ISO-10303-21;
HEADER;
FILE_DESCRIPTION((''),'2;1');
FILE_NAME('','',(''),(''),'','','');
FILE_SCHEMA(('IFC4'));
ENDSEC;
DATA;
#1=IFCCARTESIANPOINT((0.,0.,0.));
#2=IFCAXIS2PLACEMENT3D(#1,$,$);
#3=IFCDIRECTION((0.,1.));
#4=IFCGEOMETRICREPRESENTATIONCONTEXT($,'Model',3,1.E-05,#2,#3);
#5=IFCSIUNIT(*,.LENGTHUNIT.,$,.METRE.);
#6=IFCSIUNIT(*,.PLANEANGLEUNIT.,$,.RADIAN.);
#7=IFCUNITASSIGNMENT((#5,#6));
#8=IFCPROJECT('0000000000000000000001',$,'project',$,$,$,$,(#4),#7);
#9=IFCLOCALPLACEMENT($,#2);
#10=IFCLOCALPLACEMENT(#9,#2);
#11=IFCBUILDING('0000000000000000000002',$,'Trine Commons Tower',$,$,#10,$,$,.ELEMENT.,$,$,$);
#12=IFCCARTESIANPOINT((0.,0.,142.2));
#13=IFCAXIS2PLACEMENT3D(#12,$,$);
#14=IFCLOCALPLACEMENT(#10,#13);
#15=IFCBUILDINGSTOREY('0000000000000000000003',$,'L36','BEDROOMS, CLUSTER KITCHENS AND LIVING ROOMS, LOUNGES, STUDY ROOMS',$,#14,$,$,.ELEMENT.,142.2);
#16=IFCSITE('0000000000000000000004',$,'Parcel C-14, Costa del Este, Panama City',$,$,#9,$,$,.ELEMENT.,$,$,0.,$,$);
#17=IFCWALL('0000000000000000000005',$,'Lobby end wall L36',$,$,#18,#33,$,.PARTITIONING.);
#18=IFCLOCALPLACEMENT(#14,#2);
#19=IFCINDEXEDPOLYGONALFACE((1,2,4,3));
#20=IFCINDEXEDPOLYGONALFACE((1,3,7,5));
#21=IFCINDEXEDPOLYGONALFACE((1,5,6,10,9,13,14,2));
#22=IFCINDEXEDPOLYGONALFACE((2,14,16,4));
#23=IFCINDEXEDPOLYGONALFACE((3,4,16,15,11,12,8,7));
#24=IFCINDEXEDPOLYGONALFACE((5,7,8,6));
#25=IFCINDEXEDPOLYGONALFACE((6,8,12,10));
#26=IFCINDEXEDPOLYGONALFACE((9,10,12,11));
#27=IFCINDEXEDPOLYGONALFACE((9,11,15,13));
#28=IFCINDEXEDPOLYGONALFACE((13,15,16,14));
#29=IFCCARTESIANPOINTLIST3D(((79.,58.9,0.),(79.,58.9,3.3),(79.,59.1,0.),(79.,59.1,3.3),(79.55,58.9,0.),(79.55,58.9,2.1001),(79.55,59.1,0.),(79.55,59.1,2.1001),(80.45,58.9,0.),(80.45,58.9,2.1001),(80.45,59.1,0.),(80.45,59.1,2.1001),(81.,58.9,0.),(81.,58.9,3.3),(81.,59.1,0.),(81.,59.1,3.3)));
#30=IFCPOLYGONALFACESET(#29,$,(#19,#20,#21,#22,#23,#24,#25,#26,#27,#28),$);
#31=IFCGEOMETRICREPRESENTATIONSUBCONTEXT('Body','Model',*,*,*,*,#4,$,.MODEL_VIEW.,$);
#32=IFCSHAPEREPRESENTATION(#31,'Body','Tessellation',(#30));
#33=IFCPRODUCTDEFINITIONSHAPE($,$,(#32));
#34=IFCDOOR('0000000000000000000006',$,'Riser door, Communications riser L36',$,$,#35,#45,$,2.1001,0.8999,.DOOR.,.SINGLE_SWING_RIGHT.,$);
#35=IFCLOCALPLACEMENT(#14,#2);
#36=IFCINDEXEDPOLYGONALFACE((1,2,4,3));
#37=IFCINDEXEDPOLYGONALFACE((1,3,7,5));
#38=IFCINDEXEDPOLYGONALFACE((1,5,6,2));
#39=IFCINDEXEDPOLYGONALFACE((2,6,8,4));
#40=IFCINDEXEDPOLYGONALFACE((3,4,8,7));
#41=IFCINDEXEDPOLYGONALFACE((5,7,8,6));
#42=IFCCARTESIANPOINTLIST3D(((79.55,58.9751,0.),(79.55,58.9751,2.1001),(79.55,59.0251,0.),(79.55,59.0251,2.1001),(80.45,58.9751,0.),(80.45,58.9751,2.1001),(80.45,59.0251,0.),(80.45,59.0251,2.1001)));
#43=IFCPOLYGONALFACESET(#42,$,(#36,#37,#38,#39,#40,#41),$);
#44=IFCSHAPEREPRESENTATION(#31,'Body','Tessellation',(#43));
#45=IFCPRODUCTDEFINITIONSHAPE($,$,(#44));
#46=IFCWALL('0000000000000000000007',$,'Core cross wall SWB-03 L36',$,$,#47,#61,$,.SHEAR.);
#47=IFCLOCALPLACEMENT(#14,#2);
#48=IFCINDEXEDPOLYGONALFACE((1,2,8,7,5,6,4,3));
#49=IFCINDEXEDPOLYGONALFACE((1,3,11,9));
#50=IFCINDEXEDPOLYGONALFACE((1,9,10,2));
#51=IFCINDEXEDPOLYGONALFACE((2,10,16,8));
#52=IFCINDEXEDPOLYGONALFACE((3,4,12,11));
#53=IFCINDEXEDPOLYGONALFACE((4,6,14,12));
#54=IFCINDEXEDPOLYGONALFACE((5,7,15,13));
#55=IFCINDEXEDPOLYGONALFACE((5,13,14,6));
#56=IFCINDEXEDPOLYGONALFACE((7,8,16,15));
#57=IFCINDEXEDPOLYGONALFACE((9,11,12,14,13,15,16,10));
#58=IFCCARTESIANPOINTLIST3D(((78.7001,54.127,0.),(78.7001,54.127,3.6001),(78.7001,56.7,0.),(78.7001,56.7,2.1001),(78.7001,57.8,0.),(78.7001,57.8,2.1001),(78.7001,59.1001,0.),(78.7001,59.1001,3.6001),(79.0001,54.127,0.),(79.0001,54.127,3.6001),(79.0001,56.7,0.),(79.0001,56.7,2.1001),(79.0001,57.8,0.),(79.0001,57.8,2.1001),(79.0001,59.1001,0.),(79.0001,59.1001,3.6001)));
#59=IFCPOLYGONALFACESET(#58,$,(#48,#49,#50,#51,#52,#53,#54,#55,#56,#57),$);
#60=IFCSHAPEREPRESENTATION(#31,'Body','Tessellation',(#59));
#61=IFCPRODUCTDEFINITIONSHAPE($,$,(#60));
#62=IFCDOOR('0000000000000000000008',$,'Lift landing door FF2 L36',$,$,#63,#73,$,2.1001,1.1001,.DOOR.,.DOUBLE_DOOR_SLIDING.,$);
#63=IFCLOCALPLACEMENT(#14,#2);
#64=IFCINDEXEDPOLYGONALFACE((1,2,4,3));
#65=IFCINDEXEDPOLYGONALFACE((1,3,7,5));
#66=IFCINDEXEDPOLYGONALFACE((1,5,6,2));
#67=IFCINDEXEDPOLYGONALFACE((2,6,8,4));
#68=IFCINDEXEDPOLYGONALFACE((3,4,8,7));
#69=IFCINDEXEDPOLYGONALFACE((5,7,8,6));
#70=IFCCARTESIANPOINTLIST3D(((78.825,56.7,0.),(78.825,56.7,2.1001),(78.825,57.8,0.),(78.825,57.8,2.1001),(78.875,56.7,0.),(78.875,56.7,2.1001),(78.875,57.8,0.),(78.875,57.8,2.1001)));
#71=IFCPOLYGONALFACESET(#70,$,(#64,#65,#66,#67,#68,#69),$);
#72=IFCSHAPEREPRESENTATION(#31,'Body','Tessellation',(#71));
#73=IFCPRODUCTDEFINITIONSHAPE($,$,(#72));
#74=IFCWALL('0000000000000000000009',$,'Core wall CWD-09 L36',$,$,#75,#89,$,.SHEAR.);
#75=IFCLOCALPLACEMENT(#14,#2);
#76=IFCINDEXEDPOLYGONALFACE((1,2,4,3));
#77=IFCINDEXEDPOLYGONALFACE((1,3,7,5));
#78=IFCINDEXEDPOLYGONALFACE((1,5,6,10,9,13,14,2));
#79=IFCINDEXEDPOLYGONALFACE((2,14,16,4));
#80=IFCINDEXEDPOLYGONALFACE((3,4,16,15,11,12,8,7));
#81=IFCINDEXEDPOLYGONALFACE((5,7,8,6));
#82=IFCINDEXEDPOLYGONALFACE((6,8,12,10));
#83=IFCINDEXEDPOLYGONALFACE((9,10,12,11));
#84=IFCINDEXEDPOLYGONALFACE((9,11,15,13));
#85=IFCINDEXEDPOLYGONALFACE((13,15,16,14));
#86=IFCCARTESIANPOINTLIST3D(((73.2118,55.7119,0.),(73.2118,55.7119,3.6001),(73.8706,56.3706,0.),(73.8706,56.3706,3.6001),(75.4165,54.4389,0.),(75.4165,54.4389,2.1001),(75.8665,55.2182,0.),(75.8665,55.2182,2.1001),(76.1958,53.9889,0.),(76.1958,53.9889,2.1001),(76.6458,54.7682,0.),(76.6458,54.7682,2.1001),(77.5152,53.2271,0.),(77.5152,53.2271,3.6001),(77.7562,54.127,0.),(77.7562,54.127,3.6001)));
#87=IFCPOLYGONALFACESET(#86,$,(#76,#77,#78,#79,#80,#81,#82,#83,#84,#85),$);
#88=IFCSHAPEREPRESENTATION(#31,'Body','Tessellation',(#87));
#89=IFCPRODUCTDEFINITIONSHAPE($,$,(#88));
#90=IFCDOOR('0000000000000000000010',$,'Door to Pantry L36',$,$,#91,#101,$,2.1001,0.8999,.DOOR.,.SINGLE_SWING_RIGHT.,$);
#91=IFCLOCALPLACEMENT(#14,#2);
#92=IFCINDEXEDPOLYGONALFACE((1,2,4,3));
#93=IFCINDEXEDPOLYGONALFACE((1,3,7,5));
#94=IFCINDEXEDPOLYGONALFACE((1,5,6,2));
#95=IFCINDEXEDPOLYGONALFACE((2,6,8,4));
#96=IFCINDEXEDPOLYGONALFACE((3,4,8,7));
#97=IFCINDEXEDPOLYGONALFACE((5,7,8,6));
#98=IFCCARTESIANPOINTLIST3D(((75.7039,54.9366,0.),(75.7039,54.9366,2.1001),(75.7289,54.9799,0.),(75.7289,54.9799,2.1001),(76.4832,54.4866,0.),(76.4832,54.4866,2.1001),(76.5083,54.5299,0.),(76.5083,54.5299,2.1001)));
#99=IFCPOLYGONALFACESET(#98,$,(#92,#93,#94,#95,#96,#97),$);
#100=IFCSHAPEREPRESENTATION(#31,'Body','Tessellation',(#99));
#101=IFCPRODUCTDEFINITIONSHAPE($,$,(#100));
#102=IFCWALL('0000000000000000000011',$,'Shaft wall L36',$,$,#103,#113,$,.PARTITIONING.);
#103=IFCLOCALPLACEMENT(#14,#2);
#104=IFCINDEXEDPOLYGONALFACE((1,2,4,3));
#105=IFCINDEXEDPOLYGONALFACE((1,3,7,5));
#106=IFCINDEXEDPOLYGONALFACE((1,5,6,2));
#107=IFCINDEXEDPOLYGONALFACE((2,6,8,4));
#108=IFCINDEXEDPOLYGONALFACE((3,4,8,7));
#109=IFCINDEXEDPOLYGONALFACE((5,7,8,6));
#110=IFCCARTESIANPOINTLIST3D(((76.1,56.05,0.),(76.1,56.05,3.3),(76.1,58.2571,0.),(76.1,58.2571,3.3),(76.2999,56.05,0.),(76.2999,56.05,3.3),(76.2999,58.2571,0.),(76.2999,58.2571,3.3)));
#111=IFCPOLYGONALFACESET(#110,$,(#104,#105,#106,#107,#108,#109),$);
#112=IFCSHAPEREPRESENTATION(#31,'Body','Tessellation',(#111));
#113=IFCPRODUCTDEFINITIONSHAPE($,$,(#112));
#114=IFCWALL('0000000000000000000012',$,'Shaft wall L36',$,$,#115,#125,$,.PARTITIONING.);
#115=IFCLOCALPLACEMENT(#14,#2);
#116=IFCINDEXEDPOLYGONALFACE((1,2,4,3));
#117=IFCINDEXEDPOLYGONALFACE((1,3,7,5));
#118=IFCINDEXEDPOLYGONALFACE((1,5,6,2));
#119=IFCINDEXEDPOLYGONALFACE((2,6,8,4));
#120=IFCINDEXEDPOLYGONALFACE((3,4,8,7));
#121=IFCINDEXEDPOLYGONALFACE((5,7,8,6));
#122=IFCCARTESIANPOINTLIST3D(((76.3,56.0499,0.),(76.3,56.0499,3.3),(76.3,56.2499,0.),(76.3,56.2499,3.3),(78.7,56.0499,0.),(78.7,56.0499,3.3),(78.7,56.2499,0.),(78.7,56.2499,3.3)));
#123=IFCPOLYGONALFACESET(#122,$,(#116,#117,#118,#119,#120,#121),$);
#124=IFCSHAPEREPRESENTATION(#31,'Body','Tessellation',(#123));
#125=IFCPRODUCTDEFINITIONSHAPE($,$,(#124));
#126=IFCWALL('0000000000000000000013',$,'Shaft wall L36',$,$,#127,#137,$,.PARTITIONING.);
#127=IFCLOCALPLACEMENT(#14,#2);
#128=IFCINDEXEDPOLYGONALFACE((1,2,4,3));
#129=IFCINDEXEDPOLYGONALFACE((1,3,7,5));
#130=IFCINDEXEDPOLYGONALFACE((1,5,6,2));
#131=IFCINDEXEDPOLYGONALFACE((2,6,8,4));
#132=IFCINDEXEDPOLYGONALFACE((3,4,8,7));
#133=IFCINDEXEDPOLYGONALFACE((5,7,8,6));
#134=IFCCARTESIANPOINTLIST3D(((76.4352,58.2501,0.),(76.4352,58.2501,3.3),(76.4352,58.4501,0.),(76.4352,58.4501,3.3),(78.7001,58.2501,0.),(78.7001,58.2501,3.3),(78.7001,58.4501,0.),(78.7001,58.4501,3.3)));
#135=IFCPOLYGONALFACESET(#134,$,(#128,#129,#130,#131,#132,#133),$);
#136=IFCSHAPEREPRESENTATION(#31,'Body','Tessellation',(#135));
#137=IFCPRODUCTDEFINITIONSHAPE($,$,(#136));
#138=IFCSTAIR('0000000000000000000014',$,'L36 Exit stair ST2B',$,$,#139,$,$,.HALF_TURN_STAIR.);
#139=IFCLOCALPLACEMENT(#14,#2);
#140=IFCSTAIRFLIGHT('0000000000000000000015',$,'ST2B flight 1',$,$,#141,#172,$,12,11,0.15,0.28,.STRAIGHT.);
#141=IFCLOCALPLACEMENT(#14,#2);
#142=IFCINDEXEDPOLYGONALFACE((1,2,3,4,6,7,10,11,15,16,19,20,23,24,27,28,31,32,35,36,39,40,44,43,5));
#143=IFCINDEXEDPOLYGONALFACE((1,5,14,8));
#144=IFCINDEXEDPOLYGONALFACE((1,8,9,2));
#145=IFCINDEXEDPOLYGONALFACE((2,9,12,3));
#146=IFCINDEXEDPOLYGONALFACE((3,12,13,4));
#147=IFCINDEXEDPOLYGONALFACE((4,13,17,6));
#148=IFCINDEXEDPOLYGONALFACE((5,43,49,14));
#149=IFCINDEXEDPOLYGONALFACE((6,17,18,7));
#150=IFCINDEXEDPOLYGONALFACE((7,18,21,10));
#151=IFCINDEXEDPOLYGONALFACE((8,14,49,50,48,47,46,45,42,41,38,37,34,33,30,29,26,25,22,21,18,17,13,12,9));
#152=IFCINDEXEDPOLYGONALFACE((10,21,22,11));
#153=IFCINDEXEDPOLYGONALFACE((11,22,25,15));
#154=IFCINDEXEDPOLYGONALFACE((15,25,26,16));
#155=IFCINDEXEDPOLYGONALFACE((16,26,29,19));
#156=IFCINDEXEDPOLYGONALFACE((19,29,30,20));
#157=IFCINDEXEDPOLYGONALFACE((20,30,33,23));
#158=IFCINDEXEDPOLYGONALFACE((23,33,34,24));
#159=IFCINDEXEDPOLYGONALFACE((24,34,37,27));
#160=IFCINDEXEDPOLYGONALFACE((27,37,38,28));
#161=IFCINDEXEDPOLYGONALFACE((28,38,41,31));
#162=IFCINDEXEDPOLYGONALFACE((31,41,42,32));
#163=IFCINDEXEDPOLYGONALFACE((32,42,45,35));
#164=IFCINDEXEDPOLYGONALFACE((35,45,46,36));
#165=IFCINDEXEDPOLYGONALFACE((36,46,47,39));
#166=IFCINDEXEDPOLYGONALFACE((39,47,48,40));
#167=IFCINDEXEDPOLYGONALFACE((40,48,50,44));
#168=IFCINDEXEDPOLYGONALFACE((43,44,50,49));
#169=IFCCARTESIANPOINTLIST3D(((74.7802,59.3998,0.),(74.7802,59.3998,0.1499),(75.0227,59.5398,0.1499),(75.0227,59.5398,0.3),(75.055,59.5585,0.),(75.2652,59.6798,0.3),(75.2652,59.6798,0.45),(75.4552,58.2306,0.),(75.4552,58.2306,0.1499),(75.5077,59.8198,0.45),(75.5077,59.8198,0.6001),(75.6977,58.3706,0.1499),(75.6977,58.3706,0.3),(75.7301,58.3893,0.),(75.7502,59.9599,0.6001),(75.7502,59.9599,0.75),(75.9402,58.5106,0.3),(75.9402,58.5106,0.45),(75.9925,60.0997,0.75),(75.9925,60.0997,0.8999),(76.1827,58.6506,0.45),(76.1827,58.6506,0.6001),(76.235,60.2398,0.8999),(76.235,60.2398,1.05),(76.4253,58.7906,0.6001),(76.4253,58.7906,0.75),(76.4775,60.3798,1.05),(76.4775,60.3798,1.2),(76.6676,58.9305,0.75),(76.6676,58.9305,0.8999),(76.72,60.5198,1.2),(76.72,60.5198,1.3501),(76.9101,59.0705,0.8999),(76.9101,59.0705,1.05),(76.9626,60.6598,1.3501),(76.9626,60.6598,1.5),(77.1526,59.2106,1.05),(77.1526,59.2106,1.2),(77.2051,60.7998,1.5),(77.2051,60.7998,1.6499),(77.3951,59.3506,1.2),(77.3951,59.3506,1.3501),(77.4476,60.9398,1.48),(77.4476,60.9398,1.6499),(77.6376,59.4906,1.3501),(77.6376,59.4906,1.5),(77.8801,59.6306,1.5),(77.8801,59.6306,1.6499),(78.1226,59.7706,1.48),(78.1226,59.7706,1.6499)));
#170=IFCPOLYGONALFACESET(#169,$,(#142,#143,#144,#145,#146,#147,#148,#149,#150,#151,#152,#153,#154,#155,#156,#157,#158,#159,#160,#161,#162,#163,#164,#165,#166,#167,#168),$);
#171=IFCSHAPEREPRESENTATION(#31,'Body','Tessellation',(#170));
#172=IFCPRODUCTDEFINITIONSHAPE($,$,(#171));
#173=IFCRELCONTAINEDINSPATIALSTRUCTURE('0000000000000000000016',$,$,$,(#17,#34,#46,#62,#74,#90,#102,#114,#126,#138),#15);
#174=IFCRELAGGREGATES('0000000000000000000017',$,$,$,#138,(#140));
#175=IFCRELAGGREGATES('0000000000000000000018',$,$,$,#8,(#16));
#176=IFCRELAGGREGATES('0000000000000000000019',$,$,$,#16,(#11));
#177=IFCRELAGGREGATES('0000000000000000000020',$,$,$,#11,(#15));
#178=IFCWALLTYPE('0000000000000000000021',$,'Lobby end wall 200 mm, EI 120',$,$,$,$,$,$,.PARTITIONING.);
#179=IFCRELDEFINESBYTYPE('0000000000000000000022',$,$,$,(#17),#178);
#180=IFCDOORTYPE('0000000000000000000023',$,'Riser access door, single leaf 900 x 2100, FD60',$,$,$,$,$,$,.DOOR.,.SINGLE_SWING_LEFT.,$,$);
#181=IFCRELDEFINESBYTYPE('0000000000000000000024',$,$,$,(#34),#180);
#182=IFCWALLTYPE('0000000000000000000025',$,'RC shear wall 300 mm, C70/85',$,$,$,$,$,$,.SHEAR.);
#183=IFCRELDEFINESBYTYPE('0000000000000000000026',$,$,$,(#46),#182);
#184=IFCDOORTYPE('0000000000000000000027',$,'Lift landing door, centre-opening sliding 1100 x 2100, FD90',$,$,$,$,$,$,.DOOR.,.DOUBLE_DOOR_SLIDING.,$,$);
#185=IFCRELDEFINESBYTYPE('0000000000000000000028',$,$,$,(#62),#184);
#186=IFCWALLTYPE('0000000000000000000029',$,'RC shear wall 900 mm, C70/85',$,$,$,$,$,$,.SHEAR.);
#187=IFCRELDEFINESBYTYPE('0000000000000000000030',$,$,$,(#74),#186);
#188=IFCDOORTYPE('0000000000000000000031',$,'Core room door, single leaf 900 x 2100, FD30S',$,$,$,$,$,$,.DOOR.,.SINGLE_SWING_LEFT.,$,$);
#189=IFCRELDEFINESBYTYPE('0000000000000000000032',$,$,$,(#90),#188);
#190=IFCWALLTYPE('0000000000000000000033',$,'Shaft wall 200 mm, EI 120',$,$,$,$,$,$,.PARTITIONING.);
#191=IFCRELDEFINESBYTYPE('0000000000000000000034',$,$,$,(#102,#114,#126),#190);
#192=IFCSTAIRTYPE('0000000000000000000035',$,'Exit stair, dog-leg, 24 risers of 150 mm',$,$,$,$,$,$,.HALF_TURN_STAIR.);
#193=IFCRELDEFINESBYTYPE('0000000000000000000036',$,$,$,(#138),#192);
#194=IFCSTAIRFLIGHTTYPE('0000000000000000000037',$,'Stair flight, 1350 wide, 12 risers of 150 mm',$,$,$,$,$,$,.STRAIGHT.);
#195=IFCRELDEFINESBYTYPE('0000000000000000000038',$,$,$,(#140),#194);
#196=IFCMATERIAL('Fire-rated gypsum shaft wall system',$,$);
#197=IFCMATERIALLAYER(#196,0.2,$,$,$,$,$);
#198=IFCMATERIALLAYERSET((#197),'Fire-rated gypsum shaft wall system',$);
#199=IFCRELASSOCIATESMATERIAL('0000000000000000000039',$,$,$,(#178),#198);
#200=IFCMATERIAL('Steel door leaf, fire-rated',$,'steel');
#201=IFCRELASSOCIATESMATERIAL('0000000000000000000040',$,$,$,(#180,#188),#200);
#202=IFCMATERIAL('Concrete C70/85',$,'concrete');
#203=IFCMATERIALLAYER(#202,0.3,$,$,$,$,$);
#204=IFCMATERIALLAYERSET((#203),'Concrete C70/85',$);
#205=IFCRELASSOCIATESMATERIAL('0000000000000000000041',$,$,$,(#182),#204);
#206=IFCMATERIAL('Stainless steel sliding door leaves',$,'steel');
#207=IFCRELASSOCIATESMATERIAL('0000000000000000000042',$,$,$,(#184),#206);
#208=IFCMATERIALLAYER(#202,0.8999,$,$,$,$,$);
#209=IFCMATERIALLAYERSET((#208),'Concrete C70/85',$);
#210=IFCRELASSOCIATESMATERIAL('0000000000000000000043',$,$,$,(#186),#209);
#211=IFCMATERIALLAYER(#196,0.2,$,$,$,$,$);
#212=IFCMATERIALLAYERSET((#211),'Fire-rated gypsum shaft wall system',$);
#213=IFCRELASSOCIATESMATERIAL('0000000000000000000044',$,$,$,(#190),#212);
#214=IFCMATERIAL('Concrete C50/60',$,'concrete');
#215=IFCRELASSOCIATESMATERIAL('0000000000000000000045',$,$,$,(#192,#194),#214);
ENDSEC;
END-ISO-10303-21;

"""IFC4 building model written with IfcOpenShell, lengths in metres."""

from ifc_helpers import new_model, si_unit, direction, frame, frame_2d, origin, place, context, subcontext, project, spatial, polyline, rectangle, outline, extrude, material, layer, layer_set, type_object, element, fill, aggregate, save


model = new_model("IFC4")

# Units and contexts
model_context = context("Model", 3, precision=1e-05, world=origin(), true_north=direction((0.0, 1.0)))
body_context = subcontext(model_context, "Body", "Model", "MODEL_VIEW")
ifc_project = project(units=[si_unit("LENGTHUNIT", "METRE"), si_unit("PLANEANGLEUNIT", "RADIAN")], contexts=[model_context])

# Site, building, storey
site_placement = place(None, origin())
site = spatial("IfcSite", under=ifc_project, at=site_placement, Name="Parcel C-14, Costa del Este, Panama City", CompositionType="ELEMENT", RefElevation=0.0)
building_placement = place(site_placement, origin())
building = spatial("IfcBuilding", under=site, at=building_placement, Name="Trine Commons Tower", CompositionType="ELEMENT")
storey_placement = place(building_placement, frame((0.0, 0.0, 142.2)))
storey = spatial("IfcBuildingStorey", under=building, at=storey_placement, Name="L36", Description="BEDROOMS, CLUSTER KITCHENS AND LIVING ROOMS, LOUNGES, STUDY ROOMS", CompositionType="ELEMENT", Elevation=142.2)

# Walls, openings, doors
ifc_material_1 = material(Name="Fire-rated gypsum shaft wall system")
ifc_layer_1 = layer(ifc_material_1, 0.2)
ifc_layer_set_1 = layer_set([ifc_layer_1], Name="Fire-rated gypsum shaft wall system")
wall_type_1 = type_object("IfcWallType", Name="Lobby end wall 200 mm, EI 120", PredefinedType="PARTITIONING", material=ifc_layer_set_1)
wall_1_placement = place(storey_placement, frame((79.0, 59.0, 0.0), z_axis=(0.0, 0.0, 1.0), x_axis=(1.0, 0.0, 0.0)))
wall_1 = element("IfcWall", 1, at=wall_1_placement, inside=storey, type_object=wall_type_1, Name="Lobby end wall L36", PredefinedType="PARTITIONING", context=body_context, shape_type="SweptSolid", body=[
    extrude(rectangle(XDim=2.0, YDim=0.2, at=frame_2d((1.0, 0.0))), origin(), (0.0, 0.0, 1.0), 3.3),
])
opening_1_placement = place(wall_1_placement, frame((0.55, 0.0, 0.0)))
opening_1 = element("IfcOpeningElement", 2, at=opening_1_placement, cuts=wall_1, PredefinedType="OPENING", context=body_context, shape_type="SweptSolid", body=[
    extrude(rectangle(XDim=0.8999, YDim=2.1001, at=frame_2d((0.45, 1.05))), frame((0.0, 0.1099, 0.0), z_axis=(0.0, -1.0, 0.0), x_axis=(1.0, 0.0, 0.0)), (0.0, 0.0, 1.0), 0.22),
])
ifc_material_2 = material(Name="Steel door leaf, fire-rated", Category="steel")
door_type_1 = type_object("IfcDoorType", Name="Riser access door, single leaf 900 x 2100, FD60", OperationType="SINGLE_SWING_LEFT", PredefinedType="DOOR", material=ifc_material_2)
door_1_placement = place(opening_1_placement, frame((0.8999, 0.0, 0.0), z_axis=(0.0, 0.0, 1.0), x_axis=(-1.0, 0.0, 0.0)))
door_1 = element("IfcDoor", 3, at=door_1_placement, inside=storey, type_object=door_type_1, Name="Riser door, Communications riser L36", OperationType="SINGLE_SWING_RIGHT", OverallHeight=2.1001, OverallWidth=0.8999, PredefinedType="DOOR", context=body_context, shape_type="SweptSolid", body=[
    extrude(rectangle(XDim=0.8999, YDim=2.1001, at=frame_2d((0.45, 1.05))), frame((0.0, 0.0249, 0.0), z_axis=(0.0, -1.0, 0.0), x_axis=(1.0, 0.0, 0.0)), (0.0, 0.0, 1.0), 0.05),
])
fill(opening_1, door_1)
ifc_material_3 = material(Name="Concrete C70/85", Category="concrete")
ifc_layer_2 = layer(ifc_material_3, 0.3)
ifc_layer_set_2 = layer_set([ifc_layer_2], Name="Concrete C70/85")
wall_type_2 = type_object("IfcWallType", Name="RC shear wall 300 mm, C70/85", PredefinedType="SHEAR", material=ifc_layer_set_2)
wall_2_placement = place(storey_placement, frame((78.8501, 59.1001, 0.0), z_axis=(0.0, 0.0, 1.0), x_axis=(0.0, -1.0, 0.0)))
wall_2 = element("IfcWall", 4, at=wall_2_placement, inside=storey, type_object=wall_type_2, Name="Core cross wall SWB-03 L36", PredefinedType="SHEAR", context=body_context, shape_type="SweptSolid", body=[
    extrude(rectangle(XDim=4.9731, YDim=0.3, at=frame_2d((2.4866, 0.0))), origin(), (0.0, 0.0, 1.0), 3.6001),
])
opening_2_placement = place(wall_2_placement, frame((1.3, 0.0, 0.0)))
opening_2 = element("IfcOpeningElement", 5, at=opening_2_placement, cuts=wall_2, PredefinedType="OPENING", context=body_context, shape_type="SweptSolid", body=[
    extrude(rectangle(XDim=1.1001, YDim=2.1001, at=frame_2d((0.55, 1.05))), frame((0.0, 0.1599, 0.0), z_axis=(0.0, -1.0, 0.0), x_axis=(1.0, 0.0, 0.0)), (0.0, 0.0, 1.0), 0.3201),
])
ifc_material_4 = material(Name="Stainless steel sliding door leaves", Category="steel")
door_type_2 = type_object("IfcDoorType", Name="Lift landing door, centre-opening sliding 1100 x 2100, FD90", OperationType="DOUBLE_DOOR_SLIDING", PredefinedType="DOOR", material=ifc_material_4)
door_2_placement = place(opening_2_placement, origin())
door_2 = element("IfcDoor", 6, at=door_2_placement, inside=storey, type_object=door_type_2, Name="Lift landing door FF2 L36", OperationType="DOUBLE_DOOR_SLIDING", OverallHeight=2.1001, OverallWidth=1.1001, PredefinedType="DOOR", context=body_context, shape_type="SweptSolid", body=[
    extrude(rectangle(XDim=1.1001, YDim=2.1001, at=frame_2d((0.55, 1.05))), frame((0.0, 0.0249, 0.0), z_axis=(0.0, -1.0, 0.0), x_axis=(1.0, 0.0, 0.0)), (0.0, 0.0, 1.0), 0.05),
])
fill(opening_2, door_2)
ifc_layer_3 = layer(ifc_material_3, 0.8999)
ifc_layer_set_3 = layer_set([ifc_layer_3], Name="Concrete C70/85")
wall_type_3 = type_object("IfcWallType", Name="RC shear wall 900 mm, C70/85", PredefinedType="SHEAR", material=ifc_layer_set_3)
wall_3_placement = place(storey_placement, frame((73.4368, 56.1016, 0.0), z_axis=(0.0, 0.0, 1.0), x_axis=(0.866003, -0.500039, 0.0)))
wall_3 = element("IfcWall", 7, at=wall_3_placement, inside=storey, type_object=wall_type_3, Name="Core wall CWD-09 L36", PredefinedType="SHEAR", context=body_context, shape_type="SweptSolid", body=[
    extrude(outline(polyline([(0.0, -0.45), (4.9692, -0.45), (4.728, 0.45), (0.2412, 0.45), (0.0, -0.45)])), origin(), (0.0, 0.0, 1.0), 3.6001),
])
opening_3_placement = place(wall_3_placement, frame((2.5459, 0.0, 0.0)))
opening_3 = element("IfcOpeningElement", 8, at=opening_3_placement, cuts=wall_3, PredefinedType="OPENING", context=body_context, shape_type="SweptSolid", body=[
    extrude(rectangle(XDim=0.8999, YDim=2.1001, at=frame_2d((0.45, 1.05))), frame((0.0, 0.46, 0.0), z_axis=(0.0, -1.0, 0.0), x_axis=(1.0, 0.0, 0.0)), (0.0, 0.0, 1.0), 0.9199),
])
door_type_3 = type_object("IfcDoorType", Name="Core room door, single leaf 900 x 2100, FD30S", OperationType="SINGLE_SWING_LEFT", PredefinedType="DOOR", material=ifc_material_2)
door_3_placement = place(opening_3_placement, origin())
door_3 = element("IfcDoor", 9, at=door_3_placement, inside=storey, type_object=door_type_3, Name="Door to Pantry L36", OperationType="SINGLE_SWING_RIGHT", OverallHeight=2.1001, OverallWidth=0.8999, PredefinedType="DOOR", context=body_context, shape_type="SweptSolid", body=[
    extrude(rectangle(XDim=0.8999, YDim=2.1001, at=frame_2d((0.45, 1.05))), frame((0.0, 0.1748, 0.0), z_axis=(0.0, -1.0, 0.0), x_axis=(1.0, 0.0, 0.0)), (0.0, 0.0, 1.0), 0.05),
])
fill(opening_3, door_3)

# Walls
ifc_layer_4 = layer(ifc_material_1, 0.2)
ifc_layer_set_4 = layer_set([ifc_layer_4], Name="Fire-rated gypsum shaft wall system")
wall_type_4 = type_object("IfcWallType", Name="Shaft wall 200 mm, EI 120", PredefinedType="PARTITIONING", material=ifc_layer_set_4)
wall_4_placement = place(storey_placement, frame((76.2, 58.2571, 0.0), z_axis=(0.0, 0.0, 1.0), x_axis=(0.0, -1.0, 0.0)))
element("IfcWall", 10, at=wall_4_placement, inside=storey, type_object=wall_type_4, Name="Shaft wall L36", PredefinedType="PARTITIONING", context=body_context, shape_type="SweptSolid", body=[
    extrude(rectangle(XDim=2.207, YDim=0.2, at=frame_2d((1.1035, 0.0))), origin(), (0.0, 0.0, 1.0), 3.3),
])
wall_5_placement = place(storey_placement, frame((78.7, 56.1499, 0.0), z_axis=(0.0, 0.0, 1.0), x_axis=(-1.0, 0.0, 0.0)))
element("IfcWall", 11, at=wall_5_placement, inside=storey, type_object=wall_type_4, Name="Shaft wall L36", PredefinedType="PARTITIONING", context=body_context, shape_type="SweptSolid", body=[
    extrude(rectangle(XDim=2.3999, YDim=0.2, at=frame_2d((1.2, 0.0))), origin(), (0.0, 0.0, 1.0), 3.3),
])
wall_6_placement = place(storey_placement, frame((78.7, 58.3501, 0.0), z_axis=(0.0, 0.0, 1.0), x_axis=(-1.0, 0.0, 0.0)))
element("IfcWall", 12, at=wall_6_placement, inside=storey, type_object=wall_type_4, Name="Shaft wall L36", PredefinedType="PARTITIONING", context=body_context, shape_type="SweptSolid", body=[
    extrude(rectangle(XDim=2.2649, YDim=0.2, at=frame_2d((1.1323, 0.0))), origin(), (0.0, 0.0, 1.0), 3.3),
])

# Stair, stair flight
ifc_material_5 = material(Name="Concrete C50/60", Category="concrete")
stair_type = type_object("IfcStairType", Name="Exit stair, dog-leg, 24 risers of 150 mm", PredefinedType="HALF_TURN_STAIR", material=ifc_material_5)
stair_placement = place(storey_placement, origin())
stair = element("IfcStair", 13, at=stair_placement, inside=storey, type_object=stair_type, Name="L36 Exit stair ST2B", PredefinedType="HALF_TURN_STAIR")
stair_flight_type = type_object("IfcStairFlightType", Name="Stair flight, 1350 wide, 12 risers of 150 mm", PredefinedType="STRAIGHT", material=ifc_material_5)
stair_flight_placement = place(storey_placement, frame((75.1177, 58.8152, 0.0), z_axis=(0.0, 0.0, 1.0), x_axis=(0.866025, 0.5, 0.0)))
stair_flight = element("IfcStairFlight", 14, at=stair_flight_placement, type_object=stair_flight_type, Name="ST2B flight 1", NumberOfRisers=12, NumberOfTreads=11, PredefinedType="STRAIGHT", RiserHeight=0.15, TreadLength=0.28, context=body_context, shape_type="SweptSolid", body=[
    extrude(outline(polyline([(0.0, 0.0), (0.0, 0.1499), (0.28, 0.1499), (0.28, 0.3), (0.5601, 0.3), (0.5601, 0.45), (0.8401, 0.45), (0.8401, 0.6001), (1.1201, 0.6001), (1.1201, 0.75), (1.3999, 0.75), (1.3999, 0.8999), (1.6799, 0.8999), (1.6799, 1.05), (1.96, 1.05), (1.96, 1.2), (2.24, 1.2), (2.24, 1.3501), (2.52, 1.3501), (2.52, 1.5), (2.8, 1.5), (2.8, 1.6499), (3.0801, 1.6499), (3.0801, 1.8), (3.0801, 1.48), (0.3174, 0.0), (0.0, 0.0)])), frame((0.0, 0.675, 0.0), z_axis=(0.0, -1.0, 0.0), x_axis=(1.0, 0.0, 0.0)), (0.0, 0.0, 1.0), 1.3501),
])
aggregate(stair, [stair_flight])

save(model, "model.ifc")
